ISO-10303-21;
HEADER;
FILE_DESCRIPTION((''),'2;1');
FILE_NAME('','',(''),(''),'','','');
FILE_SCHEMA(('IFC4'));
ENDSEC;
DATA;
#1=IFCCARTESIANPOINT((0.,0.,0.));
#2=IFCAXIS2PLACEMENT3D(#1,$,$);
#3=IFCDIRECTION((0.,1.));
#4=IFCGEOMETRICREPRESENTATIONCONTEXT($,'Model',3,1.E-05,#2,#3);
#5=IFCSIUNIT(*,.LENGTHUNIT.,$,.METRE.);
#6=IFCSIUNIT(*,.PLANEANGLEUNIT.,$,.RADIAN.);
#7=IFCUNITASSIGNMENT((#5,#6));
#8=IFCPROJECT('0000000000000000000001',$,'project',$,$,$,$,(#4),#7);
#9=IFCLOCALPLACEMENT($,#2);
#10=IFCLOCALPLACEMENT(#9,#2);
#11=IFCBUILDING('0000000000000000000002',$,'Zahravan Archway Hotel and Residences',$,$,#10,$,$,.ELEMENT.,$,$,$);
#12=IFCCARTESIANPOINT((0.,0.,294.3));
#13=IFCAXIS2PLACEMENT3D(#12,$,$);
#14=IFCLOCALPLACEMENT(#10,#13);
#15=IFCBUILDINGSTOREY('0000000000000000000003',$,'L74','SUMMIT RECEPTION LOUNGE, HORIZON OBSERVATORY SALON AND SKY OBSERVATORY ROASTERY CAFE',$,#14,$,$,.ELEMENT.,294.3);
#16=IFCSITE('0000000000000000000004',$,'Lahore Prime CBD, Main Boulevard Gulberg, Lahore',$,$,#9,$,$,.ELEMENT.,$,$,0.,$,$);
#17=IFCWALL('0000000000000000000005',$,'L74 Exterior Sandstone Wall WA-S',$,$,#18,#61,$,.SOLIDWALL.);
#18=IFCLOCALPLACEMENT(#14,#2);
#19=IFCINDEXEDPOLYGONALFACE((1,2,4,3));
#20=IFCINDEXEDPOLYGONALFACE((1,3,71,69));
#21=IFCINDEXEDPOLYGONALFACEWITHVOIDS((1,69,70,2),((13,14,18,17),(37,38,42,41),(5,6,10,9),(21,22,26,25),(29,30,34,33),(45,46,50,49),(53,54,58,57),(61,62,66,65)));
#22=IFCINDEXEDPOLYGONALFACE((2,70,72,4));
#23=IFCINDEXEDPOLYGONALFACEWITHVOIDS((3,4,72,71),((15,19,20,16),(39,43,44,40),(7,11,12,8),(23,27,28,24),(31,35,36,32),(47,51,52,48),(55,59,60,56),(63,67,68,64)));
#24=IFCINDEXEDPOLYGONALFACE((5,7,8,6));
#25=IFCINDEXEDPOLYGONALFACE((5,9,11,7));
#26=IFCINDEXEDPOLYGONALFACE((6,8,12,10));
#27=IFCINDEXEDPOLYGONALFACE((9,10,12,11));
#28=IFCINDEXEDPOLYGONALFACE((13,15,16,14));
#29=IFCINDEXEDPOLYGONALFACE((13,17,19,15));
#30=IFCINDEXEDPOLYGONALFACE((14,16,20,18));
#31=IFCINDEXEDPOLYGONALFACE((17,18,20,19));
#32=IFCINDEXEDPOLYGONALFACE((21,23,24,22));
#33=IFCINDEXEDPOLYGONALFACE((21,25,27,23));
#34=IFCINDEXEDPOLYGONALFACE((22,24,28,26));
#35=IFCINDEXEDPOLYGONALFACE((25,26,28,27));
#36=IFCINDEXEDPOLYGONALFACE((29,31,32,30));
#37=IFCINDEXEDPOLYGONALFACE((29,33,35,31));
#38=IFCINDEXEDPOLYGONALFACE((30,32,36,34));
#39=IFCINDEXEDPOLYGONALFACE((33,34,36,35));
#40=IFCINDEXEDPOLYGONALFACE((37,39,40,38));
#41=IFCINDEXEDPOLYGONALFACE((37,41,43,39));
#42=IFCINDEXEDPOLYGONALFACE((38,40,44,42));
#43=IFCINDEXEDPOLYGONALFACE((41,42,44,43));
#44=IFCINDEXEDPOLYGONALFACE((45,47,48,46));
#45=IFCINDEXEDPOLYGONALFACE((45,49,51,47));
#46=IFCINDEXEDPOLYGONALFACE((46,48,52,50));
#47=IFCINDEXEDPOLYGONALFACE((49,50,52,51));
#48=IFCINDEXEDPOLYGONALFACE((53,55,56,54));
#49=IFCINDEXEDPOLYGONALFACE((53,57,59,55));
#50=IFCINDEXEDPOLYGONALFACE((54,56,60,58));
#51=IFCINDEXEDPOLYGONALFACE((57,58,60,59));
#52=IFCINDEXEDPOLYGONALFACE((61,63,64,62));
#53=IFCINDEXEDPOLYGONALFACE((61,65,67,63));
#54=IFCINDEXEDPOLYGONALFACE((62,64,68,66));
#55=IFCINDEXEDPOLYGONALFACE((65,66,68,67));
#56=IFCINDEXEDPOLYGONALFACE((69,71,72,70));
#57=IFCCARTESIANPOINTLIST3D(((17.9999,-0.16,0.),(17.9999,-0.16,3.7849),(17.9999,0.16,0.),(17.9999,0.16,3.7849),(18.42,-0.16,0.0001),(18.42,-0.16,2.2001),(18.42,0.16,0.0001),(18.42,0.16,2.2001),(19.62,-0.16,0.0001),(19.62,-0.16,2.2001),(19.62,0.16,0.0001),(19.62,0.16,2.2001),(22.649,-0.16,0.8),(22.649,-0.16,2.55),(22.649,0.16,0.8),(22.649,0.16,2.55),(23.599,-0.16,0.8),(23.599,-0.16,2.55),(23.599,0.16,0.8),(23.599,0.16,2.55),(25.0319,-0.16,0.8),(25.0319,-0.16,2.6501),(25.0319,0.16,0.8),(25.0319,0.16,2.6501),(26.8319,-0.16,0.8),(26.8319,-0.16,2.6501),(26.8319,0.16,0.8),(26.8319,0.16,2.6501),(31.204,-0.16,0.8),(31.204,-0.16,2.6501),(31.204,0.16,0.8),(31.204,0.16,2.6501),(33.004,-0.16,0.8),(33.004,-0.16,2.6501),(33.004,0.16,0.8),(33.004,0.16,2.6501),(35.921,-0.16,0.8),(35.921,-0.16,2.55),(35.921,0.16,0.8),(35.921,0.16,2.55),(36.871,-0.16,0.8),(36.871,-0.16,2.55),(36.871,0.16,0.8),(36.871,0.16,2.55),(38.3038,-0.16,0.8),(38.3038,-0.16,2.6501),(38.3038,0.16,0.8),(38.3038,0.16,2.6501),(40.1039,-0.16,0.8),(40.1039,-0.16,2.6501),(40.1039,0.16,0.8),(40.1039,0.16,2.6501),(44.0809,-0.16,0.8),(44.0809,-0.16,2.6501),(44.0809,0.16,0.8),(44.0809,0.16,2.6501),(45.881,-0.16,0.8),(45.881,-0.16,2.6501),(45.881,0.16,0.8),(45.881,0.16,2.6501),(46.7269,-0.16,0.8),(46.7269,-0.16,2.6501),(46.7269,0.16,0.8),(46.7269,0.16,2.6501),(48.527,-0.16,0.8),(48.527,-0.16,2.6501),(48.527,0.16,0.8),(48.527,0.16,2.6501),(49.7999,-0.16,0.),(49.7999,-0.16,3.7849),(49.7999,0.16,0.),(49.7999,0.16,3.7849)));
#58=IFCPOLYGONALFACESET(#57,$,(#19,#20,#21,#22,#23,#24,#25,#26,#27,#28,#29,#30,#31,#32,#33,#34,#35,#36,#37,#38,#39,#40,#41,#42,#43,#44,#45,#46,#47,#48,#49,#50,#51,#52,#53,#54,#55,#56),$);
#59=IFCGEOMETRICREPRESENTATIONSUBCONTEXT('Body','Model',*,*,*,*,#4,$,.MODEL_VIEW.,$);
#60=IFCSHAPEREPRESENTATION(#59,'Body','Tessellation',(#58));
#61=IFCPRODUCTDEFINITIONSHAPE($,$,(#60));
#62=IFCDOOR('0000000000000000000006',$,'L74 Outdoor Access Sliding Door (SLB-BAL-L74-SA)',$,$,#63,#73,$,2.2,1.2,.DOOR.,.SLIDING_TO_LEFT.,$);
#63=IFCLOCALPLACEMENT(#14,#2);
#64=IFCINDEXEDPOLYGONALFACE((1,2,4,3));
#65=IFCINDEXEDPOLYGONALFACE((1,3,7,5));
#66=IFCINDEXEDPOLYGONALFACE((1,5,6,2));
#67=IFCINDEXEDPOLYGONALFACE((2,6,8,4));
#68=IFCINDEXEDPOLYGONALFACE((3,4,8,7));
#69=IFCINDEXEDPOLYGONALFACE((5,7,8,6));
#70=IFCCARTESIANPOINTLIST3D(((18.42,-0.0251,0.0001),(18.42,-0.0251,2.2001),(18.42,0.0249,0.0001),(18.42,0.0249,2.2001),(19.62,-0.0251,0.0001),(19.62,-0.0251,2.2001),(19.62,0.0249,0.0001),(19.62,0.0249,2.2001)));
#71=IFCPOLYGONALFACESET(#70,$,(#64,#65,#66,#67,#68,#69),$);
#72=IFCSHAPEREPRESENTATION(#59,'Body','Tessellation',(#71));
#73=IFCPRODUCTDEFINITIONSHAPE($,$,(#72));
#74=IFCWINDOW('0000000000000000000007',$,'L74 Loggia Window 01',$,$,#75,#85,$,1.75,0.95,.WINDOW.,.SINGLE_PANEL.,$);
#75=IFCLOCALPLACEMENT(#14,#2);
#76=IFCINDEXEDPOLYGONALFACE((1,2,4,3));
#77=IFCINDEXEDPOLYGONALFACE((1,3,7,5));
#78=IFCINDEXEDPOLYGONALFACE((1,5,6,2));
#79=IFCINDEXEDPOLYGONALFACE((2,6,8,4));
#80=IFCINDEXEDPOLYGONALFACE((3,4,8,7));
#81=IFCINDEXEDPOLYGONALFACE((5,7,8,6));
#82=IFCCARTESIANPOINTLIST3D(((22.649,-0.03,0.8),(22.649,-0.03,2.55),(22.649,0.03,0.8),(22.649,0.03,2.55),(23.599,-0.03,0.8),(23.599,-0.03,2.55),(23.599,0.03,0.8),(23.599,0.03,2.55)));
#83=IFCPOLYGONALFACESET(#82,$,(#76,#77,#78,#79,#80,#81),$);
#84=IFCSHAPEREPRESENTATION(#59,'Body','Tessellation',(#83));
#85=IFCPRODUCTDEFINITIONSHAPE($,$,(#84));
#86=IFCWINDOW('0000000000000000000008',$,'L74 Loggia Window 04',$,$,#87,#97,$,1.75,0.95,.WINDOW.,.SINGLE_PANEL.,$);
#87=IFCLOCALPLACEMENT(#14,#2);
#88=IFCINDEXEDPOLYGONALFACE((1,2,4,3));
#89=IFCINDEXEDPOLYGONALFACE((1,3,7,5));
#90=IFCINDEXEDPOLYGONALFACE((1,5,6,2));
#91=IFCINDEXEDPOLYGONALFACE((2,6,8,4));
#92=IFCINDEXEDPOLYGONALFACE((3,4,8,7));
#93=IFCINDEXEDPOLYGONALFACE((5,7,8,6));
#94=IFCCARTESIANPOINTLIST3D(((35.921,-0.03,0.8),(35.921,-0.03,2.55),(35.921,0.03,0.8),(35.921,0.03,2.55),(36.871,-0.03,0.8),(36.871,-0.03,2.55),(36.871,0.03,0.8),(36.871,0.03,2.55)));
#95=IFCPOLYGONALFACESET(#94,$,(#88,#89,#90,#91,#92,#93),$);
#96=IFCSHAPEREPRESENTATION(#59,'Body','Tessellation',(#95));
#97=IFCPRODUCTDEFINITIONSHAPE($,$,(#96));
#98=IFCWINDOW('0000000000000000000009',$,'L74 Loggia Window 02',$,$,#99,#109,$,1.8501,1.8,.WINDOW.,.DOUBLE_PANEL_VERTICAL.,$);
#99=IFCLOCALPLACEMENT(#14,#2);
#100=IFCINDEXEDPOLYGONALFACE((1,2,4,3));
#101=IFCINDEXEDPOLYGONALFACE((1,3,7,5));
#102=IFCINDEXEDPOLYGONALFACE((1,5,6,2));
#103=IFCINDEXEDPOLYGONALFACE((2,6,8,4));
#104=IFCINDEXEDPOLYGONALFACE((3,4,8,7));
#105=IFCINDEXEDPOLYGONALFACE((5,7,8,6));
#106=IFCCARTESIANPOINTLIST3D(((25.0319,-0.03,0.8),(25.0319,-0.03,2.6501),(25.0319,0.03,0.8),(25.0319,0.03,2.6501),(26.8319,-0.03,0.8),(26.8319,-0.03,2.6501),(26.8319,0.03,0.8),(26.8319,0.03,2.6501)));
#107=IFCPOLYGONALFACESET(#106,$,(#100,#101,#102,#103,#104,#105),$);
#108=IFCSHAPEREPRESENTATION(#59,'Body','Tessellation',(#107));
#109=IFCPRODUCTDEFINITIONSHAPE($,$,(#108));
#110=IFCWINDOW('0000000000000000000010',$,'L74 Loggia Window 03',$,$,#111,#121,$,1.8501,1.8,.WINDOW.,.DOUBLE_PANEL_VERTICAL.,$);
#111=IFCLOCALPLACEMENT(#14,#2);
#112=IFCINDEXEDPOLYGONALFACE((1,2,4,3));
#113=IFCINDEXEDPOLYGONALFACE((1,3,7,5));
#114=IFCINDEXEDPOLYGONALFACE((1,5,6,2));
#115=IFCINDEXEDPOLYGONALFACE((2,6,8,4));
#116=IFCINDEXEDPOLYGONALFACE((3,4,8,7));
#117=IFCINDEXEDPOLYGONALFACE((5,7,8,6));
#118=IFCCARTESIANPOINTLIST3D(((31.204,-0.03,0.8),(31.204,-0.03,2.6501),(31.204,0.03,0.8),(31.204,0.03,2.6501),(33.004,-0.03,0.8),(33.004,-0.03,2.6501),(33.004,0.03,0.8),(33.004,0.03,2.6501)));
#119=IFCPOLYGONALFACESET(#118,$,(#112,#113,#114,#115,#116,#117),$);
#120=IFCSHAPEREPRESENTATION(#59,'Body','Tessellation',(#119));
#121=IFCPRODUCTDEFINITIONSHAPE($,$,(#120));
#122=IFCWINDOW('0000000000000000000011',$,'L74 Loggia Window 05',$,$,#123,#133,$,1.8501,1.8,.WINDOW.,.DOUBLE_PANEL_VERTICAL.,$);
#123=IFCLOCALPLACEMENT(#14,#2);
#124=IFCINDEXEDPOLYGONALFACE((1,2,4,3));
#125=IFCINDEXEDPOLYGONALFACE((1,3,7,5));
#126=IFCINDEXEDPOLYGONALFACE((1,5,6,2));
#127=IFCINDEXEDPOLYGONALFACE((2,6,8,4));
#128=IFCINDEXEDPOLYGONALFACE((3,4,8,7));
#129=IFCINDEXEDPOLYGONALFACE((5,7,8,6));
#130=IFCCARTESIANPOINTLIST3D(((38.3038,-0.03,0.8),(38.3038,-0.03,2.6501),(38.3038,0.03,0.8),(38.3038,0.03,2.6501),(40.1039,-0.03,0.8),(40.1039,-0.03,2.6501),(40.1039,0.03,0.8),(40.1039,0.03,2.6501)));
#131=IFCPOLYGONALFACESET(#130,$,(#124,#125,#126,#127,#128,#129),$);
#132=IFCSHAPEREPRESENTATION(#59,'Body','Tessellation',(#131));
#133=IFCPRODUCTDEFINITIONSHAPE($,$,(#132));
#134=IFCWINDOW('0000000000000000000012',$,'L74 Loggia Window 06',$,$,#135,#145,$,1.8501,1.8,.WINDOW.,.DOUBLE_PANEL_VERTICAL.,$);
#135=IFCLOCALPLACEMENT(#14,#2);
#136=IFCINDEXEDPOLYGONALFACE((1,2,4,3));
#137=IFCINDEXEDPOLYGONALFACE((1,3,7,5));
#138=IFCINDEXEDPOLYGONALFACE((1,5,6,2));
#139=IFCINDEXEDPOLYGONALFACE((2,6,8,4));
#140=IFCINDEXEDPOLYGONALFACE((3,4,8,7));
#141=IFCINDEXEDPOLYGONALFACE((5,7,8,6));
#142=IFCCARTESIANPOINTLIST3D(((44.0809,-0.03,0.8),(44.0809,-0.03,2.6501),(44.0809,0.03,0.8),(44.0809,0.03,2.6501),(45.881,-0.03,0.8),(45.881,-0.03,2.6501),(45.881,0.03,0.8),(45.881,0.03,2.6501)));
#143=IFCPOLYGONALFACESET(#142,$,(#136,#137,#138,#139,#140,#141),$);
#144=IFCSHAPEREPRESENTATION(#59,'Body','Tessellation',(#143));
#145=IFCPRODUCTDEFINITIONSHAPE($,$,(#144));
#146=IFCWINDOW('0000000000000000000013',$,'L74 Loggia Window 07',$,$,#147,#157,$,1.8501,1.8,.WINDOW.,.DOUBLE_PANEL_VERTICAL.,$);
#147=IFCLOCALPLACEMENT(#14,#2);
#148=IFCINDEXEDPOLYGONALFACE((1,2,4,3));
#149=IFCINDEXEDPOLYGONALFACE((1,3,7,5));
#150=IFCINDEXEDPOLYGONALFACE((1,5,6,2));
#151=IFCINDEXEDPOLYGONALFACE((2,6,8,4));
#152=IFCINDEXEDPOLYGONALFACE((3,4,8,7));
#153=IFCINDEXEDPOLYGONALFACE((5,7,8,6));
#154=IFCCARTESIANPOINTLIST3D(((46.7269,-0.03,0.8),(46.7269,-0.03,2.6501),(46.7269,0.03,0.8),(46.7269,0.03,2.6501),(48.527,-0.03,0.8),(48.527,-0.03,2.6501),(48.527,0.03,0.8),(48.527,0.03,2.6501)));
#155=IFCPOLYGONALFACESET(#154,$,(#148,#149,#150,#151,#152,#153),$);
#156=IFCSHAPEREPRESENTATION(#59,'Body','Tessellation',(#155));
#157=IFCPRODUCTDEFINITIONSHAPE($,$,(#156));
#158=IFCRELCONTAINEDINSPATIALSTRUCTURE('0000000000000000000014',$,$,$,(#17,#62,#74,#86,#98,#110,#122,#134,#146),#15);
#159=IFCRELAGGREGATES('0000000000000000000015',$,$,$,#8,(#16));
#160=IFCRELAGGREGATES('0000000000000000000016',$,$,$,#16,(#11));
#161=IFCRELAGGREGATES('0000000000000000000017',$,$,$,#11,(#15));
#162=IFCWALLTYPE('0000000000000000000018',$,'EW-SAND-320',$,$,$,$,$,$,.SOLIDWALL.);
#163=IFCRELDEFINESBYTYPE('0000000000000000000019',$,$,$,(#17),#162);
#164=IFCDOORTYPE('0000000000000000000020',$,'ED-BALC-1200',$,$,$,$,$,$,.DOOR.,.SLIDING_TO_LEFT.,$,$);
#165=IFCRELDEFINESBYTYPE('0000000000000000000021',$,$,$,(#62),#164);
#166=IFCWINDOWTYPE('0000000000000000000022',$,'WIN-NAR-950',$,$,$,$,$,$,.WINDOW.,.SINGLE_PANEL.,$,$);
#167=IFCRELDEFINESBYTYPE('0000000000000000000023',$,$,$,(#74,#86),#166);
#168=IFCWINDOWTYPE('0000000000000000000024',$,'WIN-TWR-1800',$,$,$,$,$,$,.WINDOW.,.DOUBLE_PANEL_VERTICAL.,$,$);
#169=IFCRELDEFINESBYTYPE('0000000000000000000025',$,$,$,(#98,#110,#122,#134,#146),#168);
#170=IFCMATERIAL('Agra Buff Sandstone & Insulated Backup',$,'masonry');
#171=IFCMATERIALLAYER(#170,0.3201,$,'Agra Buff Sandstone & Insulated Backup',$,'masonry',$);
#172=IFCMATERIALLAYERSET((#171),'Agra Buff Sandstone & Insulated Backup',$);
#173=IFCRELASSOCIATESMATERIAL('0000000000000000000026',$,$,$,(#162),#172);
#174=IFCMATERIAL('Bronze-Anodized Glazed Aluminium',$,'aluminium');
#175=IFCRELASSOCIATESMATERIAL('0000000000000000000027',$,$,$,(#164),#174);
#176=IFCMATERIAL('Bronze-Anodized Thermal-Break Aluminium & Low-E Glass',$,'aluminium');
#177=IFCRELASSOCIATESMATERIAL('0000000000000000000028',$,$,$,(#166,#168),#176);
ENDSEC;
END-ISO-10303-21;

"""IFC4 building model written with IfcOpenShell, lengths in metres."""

from ifc_helpers import new_model, si_unit, direction, frame, frame_2d, origin, place, context, subcontext, project, spatial, rectangle, extrude, source, transform, mapped, material, layer, layer_set, type_object, type_shapes, element, fill, save


model = new_model("IFC4")

# Units and contexts
model_context = context("Model", 3, precision=1e-05, world=origin(), true_north=direction((0.0, 1.0)))
body_context = subcontext(model_context, "Body", "Model", "MODEL_VIEW")
ifc_project = project(units=[si_unit("LENGTHUNIT", "METRE"), si_unit("PLANEANGLEUNIT", "RADIAN")], contexts=[model_context])

# Site, building, storey
site_placement = place(None, origin())
site = spatial("IfcSite", under=ifc_project, at=site_placement, Name="Lahore Prime CBD, Main Boulevard Gulberg, Lahore", CompositionType="ELEMENT", RefElevation=0.0)
building_placement = place(site_placement, origin())
building = spatial("IfcBuilding", under=site, at=building_placement, Name="Zahravan Archway Hotel and Residences", CompositionType="ELEMENT")
storey_placement = place(building_placement, frame((0.0, 0.0, 294.3)))
storey = spatial("IfcBuildingStorey", under=building, at=storey_placement, Name="L74", Description="SUMMIT RECEPTION LOUNGE, HORIZON OBSERVATORY SALON AND SKY OBSERVATORY ROASTERY CAFE", CompositionType="ELEMENT", Elevation=294.3)

# Wall, openings, door, windows
ifc_material_1 = material(Name="Agra Buff Sandstone & Insulated Backup", Category="masonry")
ifc_layer_1 = layer(ifc_material_1, 0.3201, Name="Agra Buff Sandstone & Insulated Backup", Category="masonry")
ifc_layer_set_1 = layer_set([ifc_layer_1], Name="Agra Buff Sandstone & Insulated Backup")
wall_type_1 = type_object("IfcWallType", Name="EW-SAND-320", PredefinedType="SOLIDWALL", material=ifc_layer_set_1)
wall_1_placement = place(storey_placement, frame((18.0, 0.0, 0.0), z_axis=(0.0, 0.0, 1.0), x_axis=(1.0, 0.0, 0.0)))
wall_1 = element("IfcWall", 1, at=wall_1_placement, inside=storey, type_object=wall_type_1, Name="L74 Exterior Sandstone Wall WA-S", PredefinedType="SOLIDWALL", context=body_context, shape_type="SweptSolid", body=[
    extrude(rectangle(XDim=31.8, YDim=0.3201, at=frame_2d((15.8999, 0.0))), origin(), (0.0, 0.0, 1.0), 3.7849),
])
opening_1_placement = place(wall_1_placement, frame((0.4199, 0.0, 0.0)))
opening_1 = element("IfcOpeningElement", 2, at=opening_1_placement, cuts=wall_1, PredefinedType="OPENING", context=body_context, shape_type="SweptSolid", body=[
    extrude(rectangle(XDim=1.2, YDim=2.2, at=frame_2d((0.6001, 1.1001))), frame((0.0, 0.1699, 0.0), z_axis=(0.0, -1.0, 0.0), x_axis=(1.0, 0.0, 0.0)), (0.0, 0.0, 1.0), 0.3401),
])
opening_2_placement = place(wall_1_placement, frame((4.6489, 0.0, 0.8)))
opening_2 = element("IfcOpeningElement", 3, at=opening_2_placement, cuts=wall_1, PredefinedType="OPENING", context=body_context, shape_type="SweptSolid", body=[
    extrude(rectangle(XDim=0.95, YDim=1.75, at=frame_2d((0.4751, 0.875))), frame((0.0, 0.1699, 0.0), z_axis=(0.0, -1.0, 0.0), x_axis=(1.0, 0.0, 0.0)), (0.0, 0.0, 1.0), 0.3401),
])
opening_3_placement = place(wall_1_placement, frame((7.032, 0.0, 0.8)))
opening_3 = element("IfcOpeningElement", 4, at=opening_3_placement, cuts=wall_1, PredefinedType="OPENING", context=body_context, shape_type="SweptSolid", body=[
    extrude(rectangle(XDim=1.8, YDim=1.8501, at=frame_2d((0.8999, 0.925))), frame((0.0, 0.1699, 0.0), z_axis=(0.0, -1.0, 0.0), x_axis=(1.0, 0.0, 0.0)), (0.0, 0.0, 1.0), 0.3401),
])
opening_4_placement = place(wall_1_placement, frame((13.2041, 0.0, 0.8)))
opening_4 = element("IfcOpeningElement", 5, at=opening_4_placement, cuts=wall_1, PredefinedType="OPENING", context=body_context, shape_type="SweptSolid", body=[
    extrude(rectangle(XDim=1.8, YDim=1.8501, at=frame_2d((0.8999, 0.925))), frame((0.0, 0.1699, 0.0), z_axis=(0.0, -1.0, 0.0), x_axis=(1.0, 0.0, 0.0)), (0.0, 0.0, 1.0), 0.3401),
])
opening_5_placement = place(wall_1_placement, frame((17.9209, 0.0, 0.8)))
opening_5 = element("IfcOpeningElement", 6, at=opening_5_placement, cuts=wall_1, PredefinedType="OPENING", context=body_context, shape_type="SweptSolid", body=[
    extrude(rectangle(XDim=0.95, YDim=1.75, at=frame_2d((0.4751, 0.875))), frame((0.0, 0.1699, 0.0), z_axis=(0.0, -1.0, 0.0), x_axis=(1.0, 0.0, 0.0)), (0.0, 0.0, 1.0), 0.3401),
])
opening_6_placement = place(wall_1_placement, frame((20.304, 0.0, 0.8)))
opening_6 = element("IfcOpeningElement", 7, at=opening_6_placement, cuts=wall_1, PredefinedType="OPENING", context=body_context, shape_type="SweptSolid", body=[
    extrude(rectangle(XDim=1.8, YDim=1.8501, at=frame_2d((0.8999, 0.925))), frame((0.0, 0.1699, 0.0), z_axis=(0.0, -1.0, 0.0), x_axis=(1.0, 0.0, 0.0)), (0.0, 0.0, 1.0), 0.3401),
])
opening_7_placement = place(wall_1_placement, frame((26.0811, 0.0, 0.8)))
opening_7 = element("IfcOpeningElement", 8, at=opening_7_placement, cuts=wall_1, PredefinedType="OPENING", context=body_context, shape_type="SweptSolid", body=[
    extrude(rectangle(XDim=1.8, YDim=1.8501, at=frame_2d((0.8999, 0.925))), frame((0.0, 0.1699, 0.0), z_axis=(0.0, -1.0, 0.0), x_axis=(1.0, 0.0, 0.0)), (0.0, 0.0, 1.0), 0.3401),
])
opening_8_placement = place(wall_1_placement, frame((28.7271, 0.0, 0.8)))
opening_8 = element("IfcOpeningElement", 9, at=opening_8_placement, cuts=wall_1, PredefinedType="OPENING", context=body_context, shape_type="SweptSolid", body=[
    extrude(rectangle(XDim=1.8, YDim=1.8501, at=frame_2d((0.8999, 0.925))), frame((0.0, 0.1699, 0.0), z_axis=(0.0, -1.0, 0.0), x_axis=(1.0, 0.0, 0.0)), (0.0, 0.0, 1.0), 0.3401),
])
ifc_material_2 = material(Name="Bronze-Anodized Glazed Aluminium", Category="aluminium")
door_type = type_object("IfcDoorType", Name="ED-BALC-1200", OperationType="SLIDING_TO_LEFT", PredefinedType="DOOR", material=ifc_material_2)
shared_shape_1 = source(origin(), body_context, "Body", "SweptSolid", [
    extrude(rectangle(XDim=1.2, YDim=2.2, at=frame_2d((0.6001, 1.1001))), frame((0.0, 0.0249, 0.0), z_axis=(0.0, -1.0, 0.0), x_axis=(1.0, 0.0, 0.0)), (0.0, 0.0, 1.0), 0.05),
])
type_shapes(door_type, [shared_shape_1])
door_placement = place(opening_1_placement, origin())
door = element("IfcDoor", 10, at=door_placement, inside=storey, type_object=door_type, Name="L74 Outdoor Access Sliding Door (SLB-BAL-L74-SA)", OperationType="SLIDING_TO_LEFT", OverallHeight=2.2, OverallWidth=1.2, PredefinedType="DOOR", context=body_context, shape_type="MappedRepresentation", body=[
    mapped(shared_shape_1, transform((0.0, 0.0, 0.0), scale=1.0)),
])
fill(opening_1, door)
ifc_material_3 = material(Name="Bronze-Anodized Thermal-Break Aluminium & Low-E Glass", Category="aluminium")
window_type_1 = type_object("IfcWindowType", Name="WIN-NAR-950", PartitioningType="SINGLE_PANEL", PredefinedType="WINDOW", material=ifc_material_3)
shared_shape_2 = source(origin(), body_context, "Body", "SweptSolid", [
    extrude(rectangle(XDim=0.95, YDim=1.75, at=frame_2d((0.4751, 0.875))), frame((0.0, 0.03, 0.0), z_axis=(0.0, -1.0, 0.0), x_axis=(1.0, 0.0, 0.0)), (0.0, 0.0, 1.0), 0.0601),
])
type_shapes(window_type_1, [shared_shape_2])
window_1_placement = place(opening_2_placement, origin())
window_1 = element("IfcWindow", 11, at=window_1_placement, inside=storey, type_object=window_type_1, Name="L74 Loggia Window 01", OverallHeight=1.75, OverallWidth=0.95, PartitioningType="SINGLE_PANEL", PredefinedType="WINDOW", context=body_context, shape_type="MappedRepresentation", body=[
    mapped(shared_shape_2, transform((0.0, 0.0, 0.0), scale=1.0)),
])
fill(opening_2, window_1)
window_2_placement = place(opening_5_placement, origin())
window_2 = element("IfcWindow", 12, at=window_2_placement, inside=storey, type_object=window_type_1, Name="L74 Loggia Window 04", OverallHeight=1.75, OverallWidth=0.95, PartitioningType="SINGLE_PANEL", PredefinedType="WINDOW", context=body_context, shape_type="MappedRepresentation", body=[
    mapped(shared_shape_2, transform((0.0, 0.0, 0.0), scale=1.0)),
])
fill(opening_5, window_2)
window_type_2 = type_object("IfcWindowType", Name="WIN-TWR-1800", PartitioningType="DOUBLE_PANEL_VERTICAL", PredefinedType="WINDOW", material=ifc_material_3)
shared_shape_3 = source(origin(), body_context, "Body", "SweptSolid", [
    extrude(rectangle(XDim=1.8, YDim=1.8501, at=frame_2d((0.8999, 0.925))), frame((0.0, 0.03, 0.0), z_axis=(0.0, -1.0, 0.0), x_axis=(1.0, 0.0, 0.0)), (0.0, 0.0, 1.0), 0.0601),
])
type_shapes(window_type_2, [shared_shape_3])
window_3_placement = place(opening_3_placement, origin())
window_3 = element("IfcWindow", 13, at=window_3_placement, inside=storey, type_object=window_type_2, Name="L74 Loggia Window 02", OverallHeight=1.8501, OverallWidth=1.8, PartitioningType="DOUBLE_PANEL_VERTICAL", PredefinedType="WINDOW", context=body_context, shape_type="MappedRepresentation", body=[
    mapped(shared_shape_3, transform((0.0, 0.0, 0.0), scale=1.0)),
])
fill(opening_3, window_3)
window_4_placement = place(opening_4_placement, origin())
window_4 = element("IfcWindow", 14, at=window_4_placement, inside=storey, type_object=window_type_2, Name="L74 Loggia Window 03", OverallHeight=1.8501, OverallWidth=1.8, PartitioningType="DOUBLE_PANEL_VERTICAL", PredefinedType="WINDOW", context=body_context, shape_type="MappedRepresentation", body=[
    mapped(shared_shape_3, transform((0.0, 0.0, 0.0), scale=1.0)),
])
fill(opening_4, window_4)
window_5_placement = place(opening_6_placement, origin())
window_5 = element("IfcWindow", 15, at=window_5_placement, inside=storey, type_object=window_type_2, Name="L74 Loggia Window 05", OverallHeight=1.8501, OverallWidth=1.8, PartitioningType="DOUBLE_PANEL_VERTICAL", PredefinedType="WINDOW", context=body_context, shape_type="MappedRepresentation", body=[
    mapped(shared_shape_3, transform((0.0, 0.0, 0.0), scale=1.0)),
])
fill(opening_6, window_5)
window_6_placement = place(opening_7_placement, origin())
window_6 = element("IfcWindow", 16, at=window_6_placement, inside=storey, type_object=window_type_2, Name="L74 Loggia Window 06", OverallHeight=1.8501, OverallWidth=1.8, PartitioningType="DOUBLE_PANEL_VERTICAL", PredefinedType="WINDOW", context=body_context, shape_type="MappedRepresentation", body=[
    mapped(shared_shape_3, transform((0.0, 0.0, 0.0), scale=1.0)),
])
fill(opening_7, window_6)
window_7_placement = place(opening_8_placement, origin())
window_7 = element("IfcWindow", 17, at=window_7_placement, inside=storey, type_object=window_type_2, Name="L74 Loggia Window 07", OverallHeight=1.8501, OverallWidth=1.8, PartitioningType="DOUBLE_PANEL_VERTICAL", PredefinedType="WINDOW", context=body_context, shape_type="MappedRepresentation", body=[
    mapped(shared_shape_3, transform((0.0, 0.0, 0.0), scale=1.0)),
])
fill(opening_8, window_7)

save(model, "model.ifc")
